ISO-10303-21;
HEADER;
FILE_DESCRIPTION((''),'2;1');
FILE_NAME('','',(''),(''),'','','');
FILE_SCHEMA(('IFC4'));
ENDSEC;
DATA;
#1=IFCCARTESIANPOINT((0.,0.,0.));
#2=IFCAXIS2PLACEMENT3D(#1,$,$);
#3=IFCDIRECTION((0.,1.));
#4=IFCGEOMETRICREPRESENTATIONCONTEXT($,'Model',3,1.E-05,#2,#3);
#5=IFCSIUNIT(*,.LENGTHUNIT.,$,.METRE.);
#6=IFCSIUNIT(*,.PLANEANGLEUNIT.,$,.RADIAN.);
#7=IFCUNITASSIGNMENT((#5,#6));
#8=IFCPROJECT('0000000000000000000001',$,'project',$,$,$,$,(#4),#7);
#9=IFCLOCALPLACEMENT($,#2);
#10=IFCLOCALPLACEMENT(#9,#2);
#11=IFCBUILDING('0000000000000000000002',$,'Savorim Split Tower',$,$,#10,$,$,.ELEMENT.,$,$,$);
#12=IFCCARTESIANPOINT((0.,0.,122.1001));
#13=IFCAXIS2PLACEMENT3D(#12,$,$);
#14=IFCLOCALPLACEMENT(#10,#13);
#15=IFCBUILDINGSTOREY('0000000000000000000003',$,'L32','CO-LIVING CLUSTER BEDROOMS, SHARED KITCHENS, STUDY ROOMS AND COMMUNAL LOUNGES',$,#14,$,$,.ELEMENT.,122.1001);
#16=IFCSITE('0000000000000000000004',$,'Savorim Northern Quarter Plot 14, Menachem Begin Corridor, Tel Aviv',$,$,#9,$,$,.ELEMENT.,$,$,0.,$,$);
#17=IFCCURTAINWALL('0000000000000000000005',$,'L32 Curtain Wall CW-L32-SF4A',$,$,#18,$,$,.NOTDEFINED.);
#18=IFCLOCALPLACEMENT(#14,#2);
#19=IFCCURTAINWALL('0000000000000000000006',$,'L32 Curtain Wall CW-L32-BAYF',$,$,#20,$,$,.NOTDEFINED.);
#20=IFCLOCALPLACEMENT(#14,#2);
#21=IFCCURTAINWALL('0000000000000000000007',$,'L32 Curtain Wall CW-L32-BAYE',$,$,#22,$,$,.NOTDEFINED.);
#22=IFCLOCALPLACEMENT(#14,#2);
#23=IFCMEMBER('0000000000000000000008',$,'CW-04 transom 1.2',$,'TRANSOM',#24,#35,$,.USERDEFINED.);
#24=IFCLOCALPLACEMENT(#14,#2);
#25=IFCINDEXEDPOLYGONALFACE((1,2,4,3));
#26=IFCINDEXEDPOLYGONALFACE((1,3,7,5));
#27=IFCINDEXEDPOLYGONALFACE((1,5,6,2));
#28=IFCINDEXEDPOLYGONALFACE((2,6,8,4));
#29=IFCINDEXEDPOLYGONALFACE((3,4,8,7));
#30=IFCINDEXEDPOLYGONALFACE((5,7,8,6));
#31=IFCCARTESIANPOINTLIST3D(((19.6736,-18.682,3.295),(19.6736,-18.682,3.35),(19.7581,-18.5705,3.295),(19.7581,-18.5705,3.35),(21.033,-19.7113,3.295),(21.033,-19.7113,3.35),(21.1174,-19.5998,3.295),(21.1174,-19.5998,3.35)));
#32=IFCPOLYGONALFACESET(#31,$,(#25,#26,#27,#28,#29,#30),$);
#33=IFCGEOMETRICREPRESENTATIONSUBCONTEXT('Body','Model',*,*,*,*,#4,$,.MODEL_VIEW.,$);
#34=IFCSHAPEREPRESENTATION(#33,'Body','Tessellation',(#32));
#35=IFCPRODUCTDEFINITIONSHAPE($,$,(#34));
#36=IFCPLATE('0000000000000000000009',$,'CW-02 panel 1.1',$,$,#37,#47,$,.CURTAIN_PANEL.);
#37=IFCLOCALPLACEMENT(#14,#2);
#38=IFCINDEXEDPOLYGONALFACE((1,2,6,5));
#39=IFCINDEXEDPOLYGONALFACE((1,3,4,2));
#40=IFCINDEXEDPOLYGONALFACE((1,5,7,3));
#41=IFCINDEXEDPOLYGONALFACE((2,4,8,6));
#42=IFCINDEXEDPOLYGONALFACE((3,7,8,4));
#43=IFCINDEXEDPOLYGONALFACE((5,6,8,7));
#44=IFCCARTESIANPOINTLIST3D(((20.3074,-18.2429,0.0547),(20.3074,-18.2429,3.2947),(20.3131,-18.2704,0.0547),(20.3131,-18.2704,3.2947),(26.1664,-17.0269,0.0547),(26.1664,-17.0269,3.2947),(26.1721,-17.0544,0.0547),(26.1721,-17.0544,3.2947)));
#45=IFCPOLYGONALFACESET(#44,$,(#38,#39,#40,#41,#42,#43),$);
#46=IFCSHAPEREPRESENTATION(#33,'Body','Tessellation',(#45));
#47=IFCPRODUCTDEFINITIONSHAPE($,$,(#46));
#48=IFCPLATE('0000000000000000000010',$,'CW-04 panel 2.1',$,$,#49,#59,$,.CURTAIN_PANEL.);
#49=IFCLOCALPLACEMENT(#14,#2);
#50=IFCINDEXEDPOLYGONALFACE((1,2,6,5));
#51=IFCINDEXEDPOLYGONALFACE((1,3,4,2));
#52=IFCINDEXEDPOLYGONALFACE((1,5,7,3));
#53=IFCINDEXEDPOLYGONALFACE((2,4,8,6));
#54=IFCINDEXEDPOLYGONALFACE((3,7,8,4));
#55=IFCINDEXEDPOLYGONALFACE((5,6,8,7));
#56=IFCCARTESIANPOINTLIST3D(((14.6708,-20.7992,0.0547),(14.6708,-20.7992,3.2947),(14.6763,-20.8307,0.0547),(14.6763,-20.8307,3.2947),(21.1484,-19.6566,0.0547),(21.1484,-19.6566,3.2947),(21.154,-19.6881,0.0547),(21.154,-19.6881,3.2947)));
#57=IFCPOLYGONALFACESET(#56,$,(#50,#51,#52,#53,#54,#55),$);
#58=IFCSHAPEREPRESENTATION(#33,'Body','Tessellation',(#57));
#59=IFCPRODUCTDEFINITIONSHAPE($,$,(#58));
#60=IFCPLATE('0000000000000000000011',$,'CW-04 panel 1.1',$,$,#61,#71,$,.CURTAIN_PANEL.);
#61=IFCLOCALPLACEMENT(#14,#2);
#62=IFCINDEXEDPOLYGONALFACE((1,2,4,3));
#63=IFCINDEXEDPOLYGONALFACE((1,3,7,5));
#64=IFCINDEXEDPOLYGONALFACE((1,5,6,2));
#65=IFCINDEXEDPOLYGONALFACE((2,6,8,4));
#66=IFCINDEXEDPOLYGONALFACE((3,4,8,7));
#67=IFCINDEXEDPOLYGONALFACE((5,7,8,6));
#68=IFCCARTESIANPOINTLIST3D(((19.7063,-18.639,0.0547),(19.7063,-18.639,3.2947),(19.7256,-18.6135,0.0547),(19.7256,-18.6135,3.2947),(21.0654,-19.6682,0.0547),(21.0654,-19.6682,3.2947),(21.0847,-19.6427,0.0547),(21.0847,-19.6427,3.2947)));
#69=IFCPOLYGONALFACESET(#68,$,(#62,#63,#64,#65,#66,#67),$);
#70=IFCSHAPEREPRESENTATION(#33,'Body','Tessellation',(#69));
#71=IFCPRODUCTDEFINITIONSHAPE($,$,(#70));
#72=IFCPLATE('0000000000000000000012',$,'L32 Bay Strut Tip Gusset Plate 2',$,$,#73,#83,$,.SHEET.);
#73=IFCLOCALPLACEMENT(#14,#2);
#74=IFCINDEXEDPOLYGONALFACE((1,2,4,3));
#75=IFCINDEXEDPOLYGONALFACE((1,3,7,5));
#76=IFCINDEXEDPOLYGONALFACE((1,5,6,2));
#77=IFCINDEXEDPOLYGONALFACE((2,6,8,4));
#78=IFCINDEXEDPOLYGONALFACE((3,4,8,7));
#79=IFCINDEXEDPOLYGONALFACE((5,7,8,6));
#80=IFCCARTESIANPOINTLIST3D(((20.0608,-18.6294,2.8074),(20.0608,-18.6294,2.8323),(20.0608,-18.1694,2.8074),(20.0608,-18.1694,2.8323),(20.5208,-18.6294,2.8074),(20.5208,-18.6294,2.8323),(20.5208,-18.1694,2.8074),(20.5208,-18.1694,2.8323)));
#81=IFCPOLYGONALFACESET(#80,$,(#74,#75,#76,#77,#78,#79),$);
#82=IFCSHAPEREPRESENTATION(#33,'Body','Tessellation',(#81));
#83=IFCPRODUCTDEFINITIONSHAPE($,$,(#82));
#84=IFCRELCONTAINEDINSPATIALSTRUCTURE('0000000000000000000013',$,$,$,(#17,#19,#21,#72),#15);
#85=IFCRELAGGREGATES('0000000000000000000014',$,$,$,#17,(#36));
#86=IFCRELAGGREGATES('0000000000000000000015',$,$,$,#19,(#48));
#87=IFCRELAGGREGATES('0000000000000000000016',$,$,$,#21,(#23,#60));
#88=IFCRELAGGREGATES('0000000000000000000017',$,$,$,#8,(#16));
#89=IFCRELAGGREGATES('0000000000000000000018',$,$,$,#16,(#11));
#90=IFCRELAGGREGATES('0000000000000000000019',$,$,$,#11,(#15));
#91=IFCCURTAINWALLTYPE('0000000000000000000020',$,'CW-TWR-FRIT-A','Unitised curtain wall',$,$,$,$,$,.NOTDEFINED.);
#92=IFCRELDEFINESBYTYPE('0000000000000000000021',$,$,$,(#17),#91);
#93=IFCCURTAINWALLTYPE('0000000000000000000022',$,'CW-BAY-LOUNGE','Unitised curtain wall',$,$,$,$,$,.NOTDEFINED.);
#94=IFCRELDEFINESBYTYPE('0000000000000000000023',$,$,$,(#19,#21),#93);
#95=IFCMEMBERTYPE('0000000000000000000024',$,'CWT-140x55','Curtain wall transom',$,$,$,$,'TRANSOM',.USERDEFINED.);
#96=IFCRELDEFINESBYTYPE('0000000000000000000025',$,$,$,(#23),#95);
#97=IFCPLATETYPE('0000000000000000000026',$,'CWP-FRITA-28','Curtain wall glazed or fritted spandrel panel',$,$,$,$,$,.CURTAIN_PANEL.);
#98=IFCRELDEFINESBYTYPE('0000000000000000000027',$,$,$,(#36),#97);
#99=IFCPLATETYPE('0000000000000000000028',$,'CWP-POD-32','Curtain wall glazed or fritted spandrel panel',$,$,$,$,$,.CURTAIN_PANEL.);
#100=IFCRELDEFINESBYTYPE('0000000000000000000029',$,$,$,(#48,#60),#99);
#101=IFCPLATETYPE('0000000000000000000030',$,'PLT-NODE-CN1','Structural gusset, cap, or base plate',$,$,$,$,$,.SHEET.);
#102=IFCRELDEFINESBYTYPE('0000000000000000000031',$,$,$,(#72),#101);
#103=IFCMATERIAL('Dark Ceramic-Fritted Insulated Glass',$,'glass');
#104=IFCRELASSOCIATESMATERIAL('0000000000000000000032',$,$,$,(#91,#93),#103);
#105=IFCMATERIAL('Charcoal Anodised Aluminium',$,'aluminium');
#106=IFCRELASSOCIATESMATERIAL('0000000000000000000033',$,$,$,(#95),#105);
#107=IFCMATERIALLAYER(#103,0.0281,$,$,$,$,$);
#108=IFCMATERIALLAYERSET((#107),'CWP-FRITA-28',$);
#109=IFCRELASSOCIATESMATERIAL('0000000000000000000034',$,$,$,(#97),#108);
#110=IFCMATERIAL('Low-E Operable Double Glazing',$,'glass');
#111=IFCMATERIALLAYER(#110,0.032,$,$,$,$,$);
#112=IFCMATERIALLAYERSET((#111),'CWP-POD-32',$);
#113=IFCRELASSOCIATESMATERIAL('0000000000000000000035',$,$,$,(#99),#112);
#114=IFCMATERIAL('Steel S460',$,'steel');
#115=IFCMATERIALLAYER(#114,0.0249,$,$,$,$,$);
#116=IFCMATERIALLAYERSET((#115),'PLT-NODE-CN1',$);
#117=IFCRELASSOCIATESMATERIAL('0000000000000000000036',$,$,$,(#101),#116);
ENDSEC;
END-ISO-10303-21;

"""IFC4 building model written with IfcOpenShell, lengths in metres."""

from ifc_helpers import new_model, si_unit, direction, frame, origin, origin_2d, place, context, subcontext, project, spatial, rectangle, extrude, material, layer, layer_set, material_profile, profile_set, type_object, element, aggregate, save


model = new_model("IFC4")

# Units and contexts
model_context = context("Model", 3, precision=1e-05, world=origin(), true_north=direction((0.0, 1.0)))
body_context = subcontext(model_context, "Body", "Model", "MODEL_VIEW")
ifc_project = project(units=[si_unit("LENGTHUNIT", "METRE"), si_unit("PLANEANGLEUNIT", "RADIAN")], contexts=[model_context])

# Site, building, storey
site_placement = place(None, origin())
site = spatial("IfcSite", under=ifc_project, at=site_placement, Name="Savorim Northern Quarter Plot 14, Menachem Begin Corridor, Tel Aviv", CompositionType="ELEMENT", RefElevation=0.0)
building_placement = place(site_placement, origin())
building = spatial("IfcBuilding", under=site, at=building_placement, Name="Savorim Split Tower", CompositionType="ELEMENT")
storey_placement = place(building_placement, frame((0.0, 0.0, 122.1001)))
storey = spatial("IfcBuildingStorey", under=building, at=storey_placement, Name="L32", Description="CO-LIVING CLUSTER BEDROOMS, SHARED KITCHENS, STUDY ROOMS AND COMMUNAL LOUNGES", CompositionType="ELEMENT", Elevation=122.1001)

# Shared definitions
ifc_material_1 = material(Name="Steel S460", Category="steel")

# Curtain wall
ifc_material_2 = material(Name="Dark Ceramic-Fritted Insulated Glass", Category="glass")
curtain_wall_type_1 = type_object("IfcCurtainWallType", Name="CW-TWR-FRIT-A", Description="Unitised curtain wall", PredefinedType="NOTDEFINED", material=ifc_material_2)
curtain_wall_1_placement = place(storey_placement, origin())
curtain_wall_1 = element("IfcCurtainWall", 1, at=curtain_wall_1_placement, inside=storey, type_object=curtain_wall_type_1, Name="L32 Curtain Wall CW-L32-SF4A", PredefinedType="NOTDEFINED")
ifc_material_3 = material(Name="Charcoal Anodised Aluminium", Category="aluminium")

# Curtain walls
curtain_wall_type_2 = type_object("IfcCurtainWallType", Name="CW-BAY-LOUNGE", Description="Unitised curtain wall", PredefinedType="NOTDEFINED", material=ifc_material_2)
curtain_wall_2_placement = place(storey_placement, origin())
curtain_wall_2 = element("IfcCurtainWall", 2, at=curtain_wall_2_placement, inside=storey, type_object=curtain_wall_type_2, Name="L32 Curtain Wall CW-L32-BAYF", PredefinedType="NOTDEFINED")
curtain_wall_3_placement = place(storey_placement, origin())
curtain_wall_3 = element("IfcCurtainWall", 3, at=curtain_wall_3_placement, inside=storey, type_object=curtain_wall_type_2, Name="L32 Curtain Wall CW-L32-BAYE", PredefinedType="NOTDEFINED")

# Member
ifc_material_profile_1 = material_profile(ifc_material_3, rectangle(XDim=0.1399, YDim=0.0549, at=origin_2d()), Name="ALU-T 140x55")
ifc_profile_set_1 = profile_set([ifc_material_profile_1], Name="Charcoal Anodised Aluminium")
member_type_1 = type_object("IfcMemberType", Name="CWT-140x55", Description="Curtain wall transom", ElementType="TRANSOM", PredefinedType="USERDEFINED", material=ifc_profile_set_1)
member_1_placement = place(storey_placement, frame((21.0752, -19.6555, 3.3225), z_axis=(-0.797242, 0.603659, 0.0), x_axis=(-0.603659, -0.797242, 0.0)))
member_1 = element("IfcMember", 4, at=member_1_placement, type_object=member_type_1, Name="CW-04 transom 1.2", ObjectType="TRANSOM", PredefinedType="USERDEFINED", context=body_context, shape_type="SweptSolid", body=[
    extrude(rectangle(XDim=0.1399, YDim=0.0549, at=origin_2d()), origin(), (0.0, 0.0, 1.0), 1.7051),
])

# Plates
ifc_layer_1 = layer(ifc_material_2, 0.0281)
ifc_layer_set_1 = layer_set([ifc_layer_1], Name="CWP-FRITA-28")
plate_type_1 = type_object("IfcPlateType", Name="CWP-FRITA-28", Description="Curtain wall glazed or fritted spandrel panel", PredefinedType="CURTAIN_PANEL", material=ifc_layer_set_1)
plate_1_placement = place(storey_placement, frame((23.2397, -17.6487, 0.0547), z_axis=(0.0, 0.0, 1.0), x_axis=(0.979135, 0.20321, 0.0)))
plate_1 = element("IfcPlate", 5, at=plate_1_placement, type_object=plate_type_1, Name="CW-02 panel 1.1", PredefinedType="CURTAIN_PANEL", context=body_context, shape_type="SweptSolid", body=[
    extrude(rectangle(XDim=5.9839, YDim=0.0281, at=origin_2d()), origin(), (0.0, 0.0, 1.0), 3.24),
])
aggregate(curtain_wall_1, [plate_1])
ifc_material_4 = material(Name="Low-E Operable Double Glazing", Category="glass")
ifc_layer_2 = layer(ifc_material_4, 0.032)
ifc_layer_set_2 = layer_set([ifc_layer_2], Name="CWP-POD-32")
plate_type_2 = type_object("IfcPlateType", Name="CWP-POD-32", Description="Curtain wall glazed or fritted spandrel panel", PredefinedType="CURTAIN_PANEL", material=ifc_layer_set_2)
plate_2_placement = place(storey_placement, frame((17.9124, -20.2437, 0.0547), z_axis=(0.0, 0.0, 1.0), x_axis=(0.984798, 0.173703, 0.0)))
plate_2 = element("IfcPlate", 6, at=plate_2_placement, type_object=plate_type_2, Name="CW-04 panel 2.1", PredefinedType="CURTAIN_PANEL", context=body_context, shape_type="SweptSolid", body=[
    extrude(rectangle(XDim=6.5776, YDim=0.032, at=origin_2d()), origin(), (0.0, 0.0, 1.0), 3.24),
])
aggregate(curtain_wall_2, [plate_2])
plate_3_placement = place(storey_placement, frame((20.3955, -19.1409, 0.0547), z_axis=(0.0, 0.0, 1.0), x_axis=(-0.797192, 0.603725, 0.0)))
plate_3 = element("IfcPlate", 7, at=plate_3_placement, type_object=plate_type_2, Name="CW-04 panel 1.1", PredefinedType="CURTAIN_PANEL", context=body_context, shape_type="SweptSolid", body=[
    extrude(rectangle(XDim=1.7048, YDim=0.032, at=origin_2d()), origin(), (0.0, 0.0, 1.0), 3.24),
])
aggregate(curtain_wall_3, [member_1, plate_3])
ifc_layer_3 = layer(ifc_material_1, 0.0249)
ifc_layer_set_3 = layer_set([ifc_layer_3], Name="PLT-NODE-CN1")
plate_type_3 = type_object("IfcPlateType", Name="PLT-NODE-CN1", Description="Structural gusset, cap, or base plate", PredefinedType="SHEET", material=ifc_layer_set_3)
plate_4_placement = place(storey_placement, frame((20.2908, -18.3994, 2.8074), z_axis=(0.0, 0.0, 1.0), x_axis=(1.0, 0.0, 0.0)))
element("IfcPlate", 8, at=plate_4_placement, inside=storey, type_object=plate_type_3, Name="L32 Bay Strut Tip Gusset Plate 2", PredefinedType="SHEET", context=body_context, shape_type="SweptSolid", body=[
    extrude(rectangle(XDim=0.46, YDim=0.46, at=origin_2d()), origin(), (0.0, 0.0, 1.0), 0.0249),
])

save(model, "model.ifc")
